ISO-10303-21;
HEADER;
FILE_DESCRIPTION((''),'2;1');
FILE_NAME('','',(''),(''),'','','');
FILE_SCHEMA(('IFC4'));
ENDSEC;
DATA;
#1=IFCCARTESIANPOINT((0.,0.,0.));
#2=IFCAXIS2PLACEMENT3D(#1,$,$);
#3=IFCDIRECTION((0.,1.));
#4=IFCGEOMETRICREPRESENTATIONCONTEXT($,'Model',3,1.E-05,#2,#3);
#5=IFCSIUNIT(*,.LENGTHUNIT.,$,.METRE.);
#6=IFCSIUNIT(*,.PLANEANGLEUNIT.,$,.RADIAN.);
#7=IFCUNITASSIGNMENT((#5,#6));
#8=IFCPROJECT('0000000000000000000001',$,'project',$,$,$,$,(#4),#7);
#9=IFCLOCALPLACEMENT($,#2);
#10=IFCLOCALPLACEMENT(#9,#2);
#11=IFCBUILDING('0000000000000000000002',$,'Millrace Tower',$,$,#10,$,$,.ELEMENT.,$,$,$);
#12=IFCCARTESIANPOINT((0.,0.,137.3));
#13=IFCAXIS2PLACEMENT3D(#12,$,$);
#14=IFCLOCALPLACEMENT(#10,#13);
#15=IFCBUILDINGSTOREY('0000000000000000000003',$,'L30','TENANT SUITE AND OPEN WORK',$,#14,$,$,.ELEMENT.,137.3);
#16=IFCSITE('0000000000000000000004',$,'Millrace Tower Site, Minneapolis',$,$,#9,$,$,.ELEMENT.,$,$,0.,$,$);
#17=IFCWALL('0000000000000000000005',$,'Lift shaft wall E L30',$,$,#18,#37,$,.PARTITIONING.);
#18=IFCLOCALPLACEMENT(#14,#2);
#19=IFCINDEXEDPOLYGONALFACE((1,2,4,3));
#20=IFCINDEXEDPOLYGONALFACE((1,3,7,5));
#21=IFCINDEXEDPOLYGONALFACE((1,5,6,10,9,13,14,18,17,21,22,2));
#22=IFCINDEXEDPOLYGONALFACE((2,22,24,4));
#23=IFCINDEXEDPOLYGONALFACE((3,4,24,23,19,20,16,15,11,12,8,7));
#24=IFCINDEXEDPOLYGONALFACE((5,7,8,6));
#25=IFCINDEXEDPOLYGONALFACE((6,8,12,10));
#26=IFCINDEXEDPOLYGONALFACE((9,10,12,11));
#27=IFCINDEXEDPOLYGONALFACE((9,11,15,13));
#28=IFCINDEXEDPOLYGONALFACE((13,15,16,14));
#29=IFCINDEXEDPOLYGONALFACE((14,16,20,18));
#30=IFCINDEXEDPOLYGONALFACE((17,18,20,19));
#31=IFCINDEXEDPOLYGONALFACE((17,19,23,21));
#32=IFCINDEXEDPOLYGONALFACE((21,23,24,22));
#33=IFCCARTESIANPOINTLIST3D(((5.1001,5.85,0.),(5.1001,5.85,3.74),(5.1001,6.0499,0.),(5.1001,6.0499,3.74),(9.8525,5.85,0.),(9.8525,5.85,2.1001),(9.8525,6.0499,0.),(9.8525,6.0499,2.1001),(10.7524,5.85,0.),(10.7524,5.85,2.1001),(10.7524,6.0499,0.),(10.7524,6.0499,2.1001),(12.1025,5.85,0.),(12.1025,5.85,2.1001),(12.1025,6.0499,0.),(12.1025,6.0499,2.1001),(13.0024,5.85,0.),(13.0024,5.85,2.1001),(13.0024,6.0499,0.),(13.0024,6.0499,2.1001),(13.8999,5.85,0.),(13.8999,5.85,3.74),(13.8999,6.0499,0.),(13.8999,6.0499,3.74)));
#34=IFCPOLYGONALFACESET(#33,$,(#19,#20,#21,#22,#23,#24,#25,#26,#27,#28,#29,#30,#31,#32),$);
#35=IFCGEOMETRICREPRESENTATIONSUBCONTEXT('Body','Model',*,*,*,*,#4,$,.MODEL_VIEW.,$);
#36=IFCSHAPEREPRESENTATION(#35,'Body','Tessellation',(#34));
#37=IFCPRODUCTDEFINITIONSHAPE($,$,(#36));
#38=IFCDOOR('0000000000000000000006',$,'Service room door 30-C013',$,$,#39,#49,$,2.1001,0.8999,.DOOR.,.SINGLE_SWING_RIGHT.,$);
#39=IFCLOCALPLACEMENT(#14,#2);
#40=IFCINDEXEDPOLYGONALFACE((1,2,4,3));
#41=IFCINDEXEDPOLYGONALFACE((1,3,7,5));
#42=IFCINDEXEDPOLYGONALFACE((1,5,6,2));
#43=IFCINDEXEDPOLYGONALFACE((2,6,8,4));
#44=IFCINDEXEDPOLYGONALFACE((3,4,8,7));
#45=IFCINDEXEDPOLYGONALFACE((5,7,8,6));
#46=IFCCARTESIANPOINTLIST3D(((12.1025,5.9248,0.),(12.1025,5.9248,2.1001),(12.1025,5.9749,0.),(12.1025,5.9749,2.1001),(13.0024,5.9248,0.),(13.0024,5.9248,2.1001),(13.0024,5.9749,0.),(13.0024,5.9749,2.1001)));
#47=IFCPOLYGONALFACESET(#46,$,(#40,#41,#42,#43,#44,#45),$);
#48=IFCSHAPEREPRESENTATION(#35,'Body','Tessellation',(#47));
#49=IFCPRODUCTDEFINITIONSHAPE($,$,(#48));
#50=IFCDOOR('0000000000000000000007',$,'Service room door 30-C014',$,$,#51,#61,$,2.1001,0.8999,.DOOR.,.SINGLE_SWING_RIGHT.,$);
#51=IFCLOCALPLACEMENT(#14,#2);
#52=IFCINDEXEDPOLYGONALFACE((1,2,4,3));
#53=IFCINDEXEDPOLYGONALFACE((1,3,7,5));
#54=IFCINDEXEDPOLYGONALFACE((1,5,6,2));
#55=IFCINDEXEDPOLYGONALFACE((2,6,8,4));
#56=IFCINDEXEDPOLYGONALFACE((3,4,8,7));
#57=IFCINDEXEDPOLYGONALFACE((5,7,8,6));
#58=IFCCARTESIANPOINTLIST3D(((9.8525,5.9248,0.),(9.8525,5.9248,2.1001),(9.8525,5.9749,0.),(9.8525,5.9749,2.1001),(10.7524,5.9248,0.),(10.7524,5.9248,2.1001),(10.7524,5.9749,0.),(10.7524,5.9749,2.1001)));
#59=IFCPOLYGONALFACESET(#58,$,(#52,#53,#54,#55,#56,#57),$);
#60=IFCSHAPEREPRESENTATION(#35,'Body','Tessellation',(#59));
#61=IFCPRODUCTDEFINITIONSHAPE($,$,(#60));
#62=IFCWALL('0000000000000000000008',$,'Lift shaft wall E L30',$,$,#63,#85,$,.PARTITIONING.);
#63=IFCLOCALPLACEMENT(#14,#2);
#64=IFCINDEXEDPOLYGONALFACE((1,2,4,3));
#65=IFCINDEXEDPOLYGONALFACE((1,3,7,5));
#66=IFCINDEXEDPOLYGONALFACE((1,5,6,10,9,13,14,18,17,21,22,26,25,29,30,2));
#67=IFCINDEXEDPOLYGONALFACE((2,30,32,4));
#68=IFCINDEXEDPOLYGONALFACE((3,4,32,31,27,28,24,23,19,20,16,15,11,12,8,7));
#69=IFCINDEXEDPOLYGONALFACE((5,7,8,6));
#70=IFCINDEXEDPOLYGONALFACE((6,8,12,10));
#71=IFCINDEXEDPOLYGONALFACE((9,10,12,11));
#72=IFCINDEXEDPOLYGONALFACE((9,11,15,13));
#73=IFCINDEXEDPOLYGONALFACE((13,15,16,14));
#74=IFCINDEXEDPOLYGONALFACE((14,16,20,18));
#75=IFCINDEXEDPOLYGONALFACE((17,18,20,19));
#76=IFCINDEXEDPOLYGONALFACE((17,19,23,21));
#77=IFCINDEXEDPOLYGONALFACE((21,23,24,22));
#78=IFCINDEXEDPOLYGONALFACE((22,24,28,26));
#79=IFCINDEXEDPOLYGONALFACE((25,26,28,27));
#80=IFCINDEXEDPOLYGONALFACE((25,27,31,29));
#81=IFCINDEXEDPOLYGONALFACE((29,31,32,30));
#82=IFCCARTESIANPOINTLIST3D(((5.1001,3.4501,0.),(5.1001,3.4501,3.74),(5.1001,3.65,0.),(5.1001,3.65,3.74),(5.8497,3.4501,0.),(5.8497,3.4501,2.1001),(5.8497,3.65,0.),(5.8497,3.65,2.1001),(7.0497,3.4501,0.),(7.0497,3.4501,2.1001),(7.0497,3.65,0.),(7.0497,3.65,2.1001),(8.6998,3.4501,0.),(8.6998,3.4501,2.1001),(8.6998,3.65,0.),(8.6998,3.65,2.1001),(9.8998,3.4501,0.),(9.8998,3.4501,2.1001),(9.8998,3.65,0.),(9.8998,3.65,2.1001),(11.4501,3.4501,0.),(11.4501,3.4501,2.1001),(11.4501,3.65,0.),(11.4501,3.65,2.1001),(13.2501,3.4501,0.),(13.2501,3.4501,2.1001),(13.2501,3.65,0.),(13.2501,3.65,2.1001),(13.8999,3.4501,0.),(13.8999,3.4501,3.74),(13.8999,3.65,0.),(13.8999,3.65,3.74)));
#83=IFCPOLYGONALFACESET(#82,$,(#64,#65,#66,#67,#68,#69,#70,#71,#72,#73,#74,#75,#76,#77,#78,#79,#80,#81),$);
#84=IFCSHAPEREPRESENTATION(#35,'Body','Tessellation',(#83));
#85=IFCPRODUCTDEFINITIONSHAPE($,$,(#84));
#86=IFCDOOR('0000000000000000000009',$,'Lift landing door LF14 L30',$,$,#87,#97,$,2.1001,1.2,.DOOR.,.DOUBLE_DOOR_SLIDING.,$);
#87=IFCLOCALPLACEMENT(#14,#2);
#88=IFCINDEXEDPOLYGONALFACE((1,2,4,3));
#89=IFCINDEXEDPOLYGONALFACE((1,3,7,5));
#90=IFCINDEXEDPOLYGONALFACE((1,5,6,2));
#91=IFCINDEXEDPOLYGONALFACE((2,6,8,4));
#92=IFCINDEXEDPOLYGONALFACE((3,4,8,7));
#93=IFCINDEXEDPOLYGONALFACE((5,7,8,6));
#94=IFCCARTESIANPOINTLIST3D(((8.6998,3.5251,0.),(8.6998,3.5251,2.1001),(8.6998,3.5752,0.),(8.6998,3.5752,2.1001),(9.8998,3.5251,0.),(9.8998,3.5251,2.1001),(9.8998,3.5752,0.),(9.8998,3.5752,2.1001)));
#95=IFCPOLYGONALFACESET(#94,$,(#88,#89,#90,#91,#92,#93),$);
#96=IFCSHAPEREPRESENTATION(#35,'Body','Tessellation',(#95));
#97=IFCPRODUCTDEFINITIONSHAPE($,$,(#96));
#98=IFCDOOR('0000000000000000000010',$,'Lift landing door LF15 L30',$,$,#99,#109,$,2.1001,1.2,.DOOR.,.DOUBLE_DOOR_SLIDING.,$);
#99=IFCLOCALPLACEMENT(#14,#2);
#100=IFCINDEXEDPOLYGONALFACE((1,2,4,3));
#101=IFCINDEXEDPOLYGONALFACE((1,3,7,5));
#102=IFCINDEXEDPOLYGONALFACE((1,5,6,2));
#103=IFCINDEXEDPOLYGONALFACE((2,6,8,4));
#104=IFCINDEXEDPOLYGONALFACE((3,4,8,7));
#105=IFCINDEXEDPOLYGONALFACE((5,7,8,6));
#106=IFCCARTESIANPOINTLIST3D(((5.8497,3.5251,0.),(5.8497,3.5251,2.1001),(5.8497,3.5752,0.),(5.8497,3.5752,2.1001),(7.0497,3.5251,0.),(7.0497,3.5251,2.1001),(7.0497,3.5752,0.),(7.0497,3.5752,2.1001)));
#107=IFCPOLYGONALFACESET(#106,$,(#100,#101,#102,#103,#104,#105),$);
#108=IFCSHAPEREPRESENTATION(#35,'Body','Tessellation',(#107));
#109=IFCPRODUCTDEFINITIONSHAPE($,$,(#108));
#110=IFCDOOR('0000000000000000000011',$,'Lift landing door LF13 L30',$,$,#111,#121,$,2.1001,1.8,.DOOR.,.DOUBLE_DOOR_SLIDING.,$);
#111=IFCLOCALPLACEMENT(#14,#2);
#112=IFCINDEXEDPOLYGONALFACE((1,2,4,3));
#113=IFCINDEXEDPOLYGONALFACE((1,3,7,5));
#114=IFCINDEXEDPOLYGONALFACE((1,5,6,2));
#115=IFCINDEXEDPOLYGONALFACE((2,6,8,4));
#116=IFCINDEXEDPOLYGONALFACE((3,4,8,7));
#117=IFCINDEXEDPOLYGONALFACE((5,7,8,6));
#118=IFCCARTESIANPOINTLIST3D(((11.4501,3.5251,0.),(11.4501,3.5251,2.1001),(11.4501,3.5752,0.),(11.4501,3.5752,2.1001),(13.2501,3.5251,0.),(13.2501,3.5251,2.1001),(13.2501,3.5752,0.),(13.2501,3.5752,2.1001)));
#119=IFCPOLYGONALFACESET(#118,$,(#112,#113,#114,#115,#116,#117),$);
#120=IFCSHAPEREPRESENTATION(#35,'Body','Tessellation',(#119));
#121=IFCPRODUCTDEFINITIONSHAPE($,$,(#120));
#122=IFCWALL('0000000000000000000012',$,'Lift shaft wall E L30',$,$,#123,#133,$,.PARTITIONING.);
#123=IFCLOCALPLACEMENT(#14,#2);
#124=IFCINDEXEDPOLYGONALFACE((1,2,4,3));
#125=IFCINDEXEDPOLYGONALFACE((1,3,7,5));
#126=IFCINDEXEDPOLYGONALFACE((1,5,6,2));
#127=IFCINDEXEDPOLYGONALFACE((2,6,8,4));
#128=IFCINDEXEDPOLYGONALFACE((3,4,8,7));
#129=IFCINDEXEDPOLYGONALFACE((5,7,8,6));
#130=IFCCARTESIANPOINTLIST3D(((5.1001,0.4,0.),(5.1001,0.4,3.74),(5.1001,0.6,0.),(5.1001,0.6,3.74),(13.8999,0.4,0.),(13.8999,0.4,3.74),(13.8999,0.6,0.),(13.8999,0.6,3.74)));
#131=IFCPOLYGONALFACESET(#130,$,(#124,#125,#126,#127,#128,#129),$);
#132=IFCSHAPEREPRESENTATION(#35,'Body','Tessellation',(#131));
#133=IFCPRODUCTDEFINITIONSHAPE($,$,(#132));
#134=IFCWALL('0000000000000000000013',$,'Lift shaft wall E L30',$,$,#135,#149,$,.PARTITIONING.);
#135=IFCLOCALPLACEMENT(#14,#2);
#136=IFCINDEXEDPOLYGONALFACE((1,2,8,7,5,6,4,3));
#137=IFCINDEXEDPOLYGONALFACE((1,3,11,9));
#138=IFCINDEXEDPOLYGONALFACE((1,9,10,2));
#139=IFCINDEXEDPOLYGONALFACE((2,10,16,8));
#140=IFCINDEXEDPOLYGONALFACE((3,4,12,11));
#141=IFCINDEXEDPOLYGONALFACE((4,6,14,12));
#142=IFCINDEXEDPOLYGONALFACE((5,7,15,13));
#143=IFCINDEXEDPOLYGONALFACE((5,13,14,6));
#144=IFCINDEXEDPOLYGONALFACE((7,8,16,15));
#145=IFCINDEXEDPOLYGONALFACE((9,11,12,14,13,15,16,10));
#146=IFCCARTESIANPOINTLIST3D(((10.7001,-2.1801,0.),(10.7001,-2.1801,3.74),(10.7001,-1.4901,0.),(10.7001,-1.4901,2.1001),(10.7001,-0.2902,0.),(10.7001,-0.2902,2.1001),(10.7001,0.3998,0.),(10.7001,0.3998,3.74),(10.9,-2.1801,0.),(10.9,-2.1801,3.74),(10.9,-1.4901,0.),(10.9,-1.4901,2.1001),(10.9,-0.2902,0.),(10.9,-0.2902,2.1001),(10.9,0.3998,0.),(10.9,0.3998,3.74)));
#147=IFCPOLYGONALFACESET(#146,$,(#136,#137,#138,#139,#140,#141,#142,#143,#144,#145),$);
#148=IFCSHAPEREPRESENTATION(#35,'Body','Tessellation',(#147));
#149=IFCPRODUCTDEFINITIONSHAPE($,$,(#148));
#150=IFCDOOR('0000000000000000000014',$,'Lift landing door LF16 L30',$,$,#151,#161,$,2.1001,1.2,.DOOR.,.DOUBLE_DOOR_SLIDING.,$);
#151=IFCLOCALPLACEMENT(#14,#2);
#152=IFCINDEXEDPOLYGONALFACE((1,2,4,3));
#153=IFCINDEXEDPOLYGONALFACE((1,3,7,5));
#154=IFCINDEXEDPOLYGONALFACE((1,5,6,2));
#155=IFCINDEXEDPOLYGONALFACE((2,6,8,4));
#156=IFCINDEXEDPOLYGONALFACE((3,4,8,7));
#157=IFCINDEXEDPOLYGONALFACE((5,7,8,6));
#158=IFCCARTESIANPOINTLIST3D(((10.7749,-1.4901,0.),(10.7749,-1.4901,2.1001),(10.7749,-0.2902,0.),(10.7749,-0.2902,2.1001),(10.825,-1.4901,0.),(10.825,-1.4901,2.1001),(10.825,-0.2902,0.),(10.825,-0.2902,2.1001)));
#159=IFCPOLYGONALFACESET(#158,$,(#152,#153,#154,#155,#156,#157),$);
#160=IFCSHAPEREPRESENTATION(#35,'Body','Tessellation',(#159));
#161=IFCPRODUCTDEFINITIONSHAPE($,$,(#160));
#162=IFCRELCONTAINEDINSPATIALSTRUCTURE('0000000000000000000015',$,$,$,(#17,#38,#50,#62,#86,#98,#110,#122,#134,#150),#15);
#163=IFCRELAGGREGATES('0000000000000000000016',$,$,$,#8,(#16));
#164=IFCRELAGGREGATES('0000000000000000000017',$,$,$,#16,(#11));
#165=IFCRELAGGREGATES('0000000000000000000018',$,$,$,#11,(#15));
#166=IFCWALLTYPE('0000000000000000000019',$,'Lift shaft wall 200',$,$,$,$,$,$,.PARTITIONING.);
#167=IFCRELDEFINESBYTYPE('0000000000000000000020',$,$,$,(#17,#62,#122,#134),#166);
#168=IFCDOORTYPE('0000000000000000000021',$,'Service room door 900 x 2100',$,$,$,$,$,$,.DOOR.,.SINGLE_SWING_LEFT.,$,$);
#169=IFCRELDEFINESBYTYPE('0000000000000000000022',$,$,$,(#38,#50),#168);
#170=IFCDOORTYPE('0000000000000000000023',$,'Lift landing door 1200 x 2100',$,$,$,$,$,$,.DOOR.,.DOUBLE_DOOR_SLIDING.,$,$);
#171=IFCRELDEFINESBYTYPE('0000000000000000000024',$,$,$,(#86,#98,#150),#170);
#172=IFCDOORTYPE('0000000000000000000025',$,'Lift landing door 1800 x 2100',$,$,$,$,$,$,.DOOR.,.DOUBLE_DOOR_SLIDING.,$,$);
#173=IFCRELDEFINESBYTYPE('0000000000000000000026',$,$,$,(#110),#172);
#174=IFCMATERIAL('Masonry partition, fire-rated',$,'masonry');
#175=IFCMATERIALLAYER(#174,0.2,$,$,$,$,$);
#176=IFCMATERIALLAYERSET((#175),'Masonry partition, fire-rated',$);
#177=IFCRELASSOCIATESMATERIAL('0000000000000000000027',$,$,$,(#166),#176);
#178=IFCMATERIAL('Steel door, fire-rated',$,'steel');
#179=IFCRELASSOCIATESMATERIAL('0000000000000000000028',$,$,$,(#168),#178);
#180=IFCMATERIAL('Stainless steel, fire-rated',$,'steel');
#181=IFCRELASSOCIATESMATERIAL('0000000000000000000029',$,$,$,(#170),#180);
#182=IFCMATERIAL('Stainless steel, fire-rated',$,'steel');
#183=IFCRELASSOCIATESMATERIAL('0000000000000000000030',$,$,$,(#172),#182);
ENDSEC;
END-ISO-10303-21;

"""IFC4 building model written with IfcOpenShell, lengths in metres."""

from ifc_helpers import new_model, si_unit, direction, frame, frame_2d, origin, place, context, subcontext, project, spatial, rectangle, extrude, material, layer, layer_set, type_object, element, fill, save


model = new_model("IFC4")

# Units and contexts
model_context = context("Model", 3, precision=1e-05, world=origin(), true_north=direction((0.0, 1.0)))
body_context = subcontext(model_context, "Body", "Model", "MODEL_VIEW")
ifc_project = project(units=[si_unit("LENGTHUNIT", "METRE"), si_unit("PLANEANGLEUNIT", "RADIAN")], contexts=[model_context])

# Site, building, storey
site_placement = place(None, origin())
site = spatial("IfcSite", under=ifc_project, at=site_placement, Name="Millrace Tower Site, Minneapolis", CompositionType="ELEMENT", RefElevation=0.0)
building_placement = place(site_placement, origin())
building = spatial("IfcBuilding", under=site, at=building_placement, Name="Millrace Tower", CompositionType="ELEMENT")
storey_placement = place(building_placement, frame((0.0, 0.0, 137.3)))
storey = spatial("IfcBuildingStorey", under=building, at=storey_placement, Name="L30", Description="TENANT SUITE AND OPEN WORK", CompositionType="ELEMENT", Elevation=137.3)

# Walls, openings, doors
ifc_material_1 = material(Name="Masonry partition, fire-rated", Category="masonry")
ifc_layer_1 = layer(ifc_material_1, 0.2)
ifc_layer_set_1 = layer_set([ifc_layer_1], Name="Masonry partition, fire-rated")
wall_type_1 = type_object("IfcWallType", Name="Lift shaft wall 200", PredefinedType="PARTITIONING", material=ifc_layer_set_1)
wall_1_placement = place(storey_placement, frame((13.8999, 5.95, 0.0), z_axis=(0.0, 0.0, 1.0), x_axis=(-1.0, 0.0, 0.0)))
wall_1 = element("IfcWall", 1, at=wall_1_placement, inside=storey, type_object=wall_type_1, Name="Lift shaft wall E L30", PredefinedType="PARTITIONING", context=body_context, shape_type="SweptSolid", body=[
    extrude(rectangle(XDim=8.7998, YDim=0.2, at=frame_2d((4.3999, 0.0))), origin(), (0.0, 0.0, 1.0), 3.74),
])
opening_1_placement = place(wall_1_placement, frame((0.8975, 0.0, 0.0)))
opening_1 = element("IfcOpeningElement", 2, at=opening_1_placement, cuts=wall_1, PredefinedType="OPENING", context=body_context, shape_type="SweptSolid", body=[
    extrude(rectangle(XDim=0.8999, YDim=2.1001, at=frame_2d((0.45, 1.05))), frame((0.0, 0.1099, 0.0), z_axis=(0.0, -1.0, 0.0), x_axis=(1.0, 0.0, 0.0)), (0.0, 0.0, 1.0), 0.22),
])
opening_2_placement = place(wall_1_placement, frame((3.1475, 0.0, 0.0)))
opening_2 = element("IfcOpeningElement", 3, at=opening_2_placement, cuts=wall_1, PredefinedType="OPENING", context=body_context, shape_type="SweptSolid", body=[
    extrude(rectangle(XDim=0.8999, YDim=2.1001, at=frame_2d((0.45, 1.05))), frame((0.0, 0.1099, 0.0), z_axis=(0.0, -1.0, 0.0), x_axis=(1.0, 0.0, 0.0)), (0.0, 0.0, 1.0), 0.22),
])
ifc_material_2 = material(Name="Steel door, fire-rated", Category="steel")
door_type_1 = type_object("IfcDoorType", Name="Service room door 900 x 2100", OperationType="SINGLE_SWING_LEFT", PredefinedType="DOOR", material=ifc_material_2)
door_1_placement = place(opening_1_placement, frame((0.8999, 0.0, 0.0), z_axis=(0.0, 0.0, 1.0), x_axis=(-1.0, 0.0, 0.0)))
door_1 = element("IfcDoor", 4, at=door_1_placement, inside=storey, type_object=door_type_1, Name="Service room door 30-C013", OperationType="SINGLE_SWING_RIGHT", OverallHeight=2.1001, OverallWidth=0.8999, PredefinedType="DOOR", context=body_context, shape_type="SweptSolid", body=[
    extrude(rectangle(XDim=0.8999, YDim=2.1001, at=frame_2d((0.45, 1.05))), frame((0.0, 0.0249, 0.0), z_axis=(0.0, -1.0, 0.0), x_axis=(1.0, 0.0, 0.0)), (0.0, 0.0, 1.0), 0.05),
])
fill(opening_1, door_1)
door_2_placement = place(opening_2_placement, frame((0.8999, 0.0, 0.0), z_axis=(0.0, 0.0, 1.0), x_axis=(-1.0, 0.0, 0.0)))
door_2 = element("IfcDoor", 5, at=door_2_placement, inside=storey, type_object=door_type_1, Name="Service room door 30-C014", OperationType="SINGLE_SWING_RIGHT", OverallHeight=2.1001, OverallWidth=0.8999, PredefinedType="DOOR", context=body_context, shape_type="SweptSolid", body=[
    extrude(rectangle(XDim=0.8999, YDim=2.1001, at=frame_2d((0.45, 1.05))), frame((0.0, 0.0249, 0.0), z_axis=(0.0, -1.0, 0.0), x_axis=(1.0, 0.0, 0.0)), (0.0, 0.0, 1.0), 0.05),
])
fill(opening_2, door_2)
wall_2_placement = place(storey_placement, frame((13.8999, 3.55, 0.0), z_axis=(0.0, 0.0, 1.0), x_axis=(-1.0, 0.0, 0.0)))
wall_2 = element("IfcWall", 6, at=wall_2_placement, inside=storey, type_object=wall_type_1, Name="Lift shaft wall E L30", PredefinedType="PARTITIONING", context=body_context, shape_type="SweptSolid", body=[
    extrude(rectangle(XDim=8.7998, YDim=0.2, at=frame_2d((4.3999, 0.0))), origin(), (0.0, 0.0, 1.0), 3.74),
])
opening_3_placement = place(wall_2_placement, frame((0.6499, 0.0, 0.0)))
opening_3 = element("IfcOpeningElement", 7, at=opening_3_placement, cuts=wall_2, PredefinedType="OPENING", context=body_context, shape_type="SweptSolid", body=[
    extrude(rectangle(XDim=1.8, YDim=2.1001, at=frame_2d((0.8999, 1.05))), frame((0.0, 0.1099, 0.0), z_axis=(0.0, -1.0, 0.0), x_axis=(1.0, 0.0, 0.0)), (0.0, 0.0, 1.0), 0.22),
])
opening_4_placement = place(wall_2_placement, frame((4.0, 0.0, 0.0)))
opening_4 = element("IfcOpeningElement", 8, at=opening_4_placement, cuts=wall_2, PredefinedType="OPENING", context=body_context, shape_type="SweptSolid", body=[
    extrude(rectangle(XDim=1.2, YDim=2.1001, at=frame_2d((0.6001, 1.05))), frame((0.0, 0.1099, 0.0), z_axis=(0.0, -1.0, 0.0), x_axis=(1.0, 0.0, 0.0)), (0.0, 0.0, 1.0), 0.22),
])
opening_5_placement = place(wall_2_placement, frame((6.8501, 0.0, 0.0)))
opening_5 = element("IfcOpeningElement", 9, at=opening_5_placement, cuts=wall_2, PredefinedType="OPENING", context=body_context, shape_type="SweptSolid", body=[
    extrude(rectangle(XDim=1.2, YDim=2.1001, at=frame_2d((0.6001, 1.05))), frame((0.0, 0.1099, 0.0), z_axis=(0.0, -1.0, 0.0), x_axis=(1.0, 0.0, 0.0)), (0.0, 0.0, 1.0), 0.22),
])
ifc_material_3 = material(Name="Stainless steel, fire-rated", Category="steel")
door_type_2 = type_object("IfcDoorType", Name="Lift landing door 1200 x 2100", OperationType="DOUBLE_DOOR_SLIDING", PredefinedType="DOOR", material=ifc_material_3)
door_3_placement = place(opening_4_placement, origin())
door_3 = element("IfcDoor", 10, at=door_3_placement, inside=storey, type_object=door_type_2, Name="Lift landing door LF14 L30", OperationType="DOUBLE_DOOR_SLIDING", OverallHeight=2.1001, OverallWidth=1.2, PredefinedType="DOOR", context=body_context, shape_type="SweptSolid", body=[
    extrude(rectangle(XDim=1.2, YDim=2.1001, at=frame_2d((0.6001, 1.05))), frame((0.0, 0.0249, 0.0), z_axis=(0.0, -1.0, 0.0), x_axis=(1.0, 0.0, 0.0)), (0.0, 0.0, 1.0), 0.05),
])
fill(opening_4, door_3)
door_4_placement = place(opening_5_placement, origin())
door_4 = element("IfcDoor", 11, at=door_4_placement, inside=storey, type_object=door_type_2, Name="Lift landing door LF15 L30", OperationType="DOUBLE_DOOR_SLIDING", OverallHeight=2.1001, OverallWidth=1.2, PredefinedType="DOOR", context=body_context, shape_type="SweptSolid", body=[
    extrude(rectangle(XDim=1.2, YDim=2.1001, at=frame_2d((0.6001, 1.05))), frame((0.0, 0.0249, 0.0), z_axis=(0.0, -1.0, 0.0), x_axis=(1.0, 0.0, 0.0)), (0.0, 0.0, 1.0), 0.05),
])
fill(opening_5, door_4)
ifc_material_4 = material(Name="Stainless steel, fire-rated", Category="steel")
door_type_3 = type_object("IfcDoorType", Name="Lift landing door 1800 x 2100", OperationType="DOUBLE_DOOR_SLIDING", PredefinedType="DOOR", material=ifc_material_4)
door_5_placement = place(opening_3_placement, origin())
door_5 = element("IfcDoor", 12, at=door_5_placement, inside=storey, type_object=door_type_3, Name="Lift landing door LF13 L30", OperationType="DOUBLE_DOOR_SLIDING", OverallHeight=2.1001, OverallWidth=1.8, PredefinedType="DOOR", context=body_context, shape_type="SweptSolid", body=[
    extrude(rectangle(XDim=1.8, YDim=2.1001, at=frame_2d((0.8999, 1.05))), frame((0.0, 0.0249, 0.0), z_axis=(0.0, -1.0, 0.0), x_axis=(1.0, 0.0, 0.0)), (0.0, 0.0, 1.0), 0.05),
])
fill(opening_3, door_5)

# Wall
wall_3_placement = place(storey_placement, frame((13.8999, 0.5, 0.0), z_axis=(0.0, 0.0, 1.0), x_axis=(-1.0, 0.0, 0.0)))
element("IfcWall", 13, at=wall_3_placement, inside=storey, type_object=wall_type_1, Name="Lift shaft wall E L30", PredefinedType="PARTITIONING", context=body_context, shape_type="SweptSolid", body=[
    extrude(rectangle(XDim=8.7998, YDim=0.2, at=frame_2d((4.3999, 0.0))), origin(), (0.0, 0.0, 1.0), 3.74),
])

# Wall, opening, door
wall_4_placement = place(storey_placement, frame((10.8, 0.3999, 0.0), z_axis=(0.0, 0.0, 1.0), x_axis=(0.0, -1.0, 0.0)))
wall_4 = element("IfcWall", 14, at=wall_4_placement, inside=storey, type_object=wall_type_1, Name="Lift shaft wall E L30", PredefinedType="PARTITIONING", context=body_context, shape_type="SweptSolid", body=[
    extrude(rectangle(XDim=2.5798, YDim=0.2, at=frame_2d((1.29, 0.0))), origin(), (0.0, 0.0, 1.0), 3.74),
])
opening_6_placement = place(wall_4_placement, frame((0.6899, 0.0, 0.0)))
opening_6 = element("IfcOpeningElement", 15, at=opening_6_placement, cuts=wall_4, PredefinedType="OPENING", context=body_context, shape_type="SweptSolid", body=[
    extrude(rectangle(XDim=1.2, YDim=2.1001, at=frame_2d((0.6001, 1.05))), frame((0.0, 0.1099, 0.0), z_axis=(0.0, -1.0, 0.0), x_axis=(1.0, 0.0, 0.0)), (0.0, 0.0, 1.0), 0.22),
])
door_6_placement = place(opening_6_placement, origin())
door_6 = element("IfcDoor", 16, at=door_6_placement, inside=storey, type_object=door_type_2, Name="Lift landing door LF16 L30", OperationType="DOUBLE_DOOR_SLIDING", OverallHeight=2.1001, OverallWidth=1.2, PredefinedType="DOOR", context=body_context, shape_type="SweptSolid", body=[
    extrude(rectangle(XDim=1.2, YDim=2.1001, at=frame_2d((0.6001, 1.05))), frame((0.0, 0.0249, 0.0), z_axis=(0.0, -1.0, 0.0), x_axis=(1.0, 0.0, 0.0)), (0.0, 0.0, 1.0), 0.05),
])
fill(opening_6, door_6)

save(model, "model.ifc")
